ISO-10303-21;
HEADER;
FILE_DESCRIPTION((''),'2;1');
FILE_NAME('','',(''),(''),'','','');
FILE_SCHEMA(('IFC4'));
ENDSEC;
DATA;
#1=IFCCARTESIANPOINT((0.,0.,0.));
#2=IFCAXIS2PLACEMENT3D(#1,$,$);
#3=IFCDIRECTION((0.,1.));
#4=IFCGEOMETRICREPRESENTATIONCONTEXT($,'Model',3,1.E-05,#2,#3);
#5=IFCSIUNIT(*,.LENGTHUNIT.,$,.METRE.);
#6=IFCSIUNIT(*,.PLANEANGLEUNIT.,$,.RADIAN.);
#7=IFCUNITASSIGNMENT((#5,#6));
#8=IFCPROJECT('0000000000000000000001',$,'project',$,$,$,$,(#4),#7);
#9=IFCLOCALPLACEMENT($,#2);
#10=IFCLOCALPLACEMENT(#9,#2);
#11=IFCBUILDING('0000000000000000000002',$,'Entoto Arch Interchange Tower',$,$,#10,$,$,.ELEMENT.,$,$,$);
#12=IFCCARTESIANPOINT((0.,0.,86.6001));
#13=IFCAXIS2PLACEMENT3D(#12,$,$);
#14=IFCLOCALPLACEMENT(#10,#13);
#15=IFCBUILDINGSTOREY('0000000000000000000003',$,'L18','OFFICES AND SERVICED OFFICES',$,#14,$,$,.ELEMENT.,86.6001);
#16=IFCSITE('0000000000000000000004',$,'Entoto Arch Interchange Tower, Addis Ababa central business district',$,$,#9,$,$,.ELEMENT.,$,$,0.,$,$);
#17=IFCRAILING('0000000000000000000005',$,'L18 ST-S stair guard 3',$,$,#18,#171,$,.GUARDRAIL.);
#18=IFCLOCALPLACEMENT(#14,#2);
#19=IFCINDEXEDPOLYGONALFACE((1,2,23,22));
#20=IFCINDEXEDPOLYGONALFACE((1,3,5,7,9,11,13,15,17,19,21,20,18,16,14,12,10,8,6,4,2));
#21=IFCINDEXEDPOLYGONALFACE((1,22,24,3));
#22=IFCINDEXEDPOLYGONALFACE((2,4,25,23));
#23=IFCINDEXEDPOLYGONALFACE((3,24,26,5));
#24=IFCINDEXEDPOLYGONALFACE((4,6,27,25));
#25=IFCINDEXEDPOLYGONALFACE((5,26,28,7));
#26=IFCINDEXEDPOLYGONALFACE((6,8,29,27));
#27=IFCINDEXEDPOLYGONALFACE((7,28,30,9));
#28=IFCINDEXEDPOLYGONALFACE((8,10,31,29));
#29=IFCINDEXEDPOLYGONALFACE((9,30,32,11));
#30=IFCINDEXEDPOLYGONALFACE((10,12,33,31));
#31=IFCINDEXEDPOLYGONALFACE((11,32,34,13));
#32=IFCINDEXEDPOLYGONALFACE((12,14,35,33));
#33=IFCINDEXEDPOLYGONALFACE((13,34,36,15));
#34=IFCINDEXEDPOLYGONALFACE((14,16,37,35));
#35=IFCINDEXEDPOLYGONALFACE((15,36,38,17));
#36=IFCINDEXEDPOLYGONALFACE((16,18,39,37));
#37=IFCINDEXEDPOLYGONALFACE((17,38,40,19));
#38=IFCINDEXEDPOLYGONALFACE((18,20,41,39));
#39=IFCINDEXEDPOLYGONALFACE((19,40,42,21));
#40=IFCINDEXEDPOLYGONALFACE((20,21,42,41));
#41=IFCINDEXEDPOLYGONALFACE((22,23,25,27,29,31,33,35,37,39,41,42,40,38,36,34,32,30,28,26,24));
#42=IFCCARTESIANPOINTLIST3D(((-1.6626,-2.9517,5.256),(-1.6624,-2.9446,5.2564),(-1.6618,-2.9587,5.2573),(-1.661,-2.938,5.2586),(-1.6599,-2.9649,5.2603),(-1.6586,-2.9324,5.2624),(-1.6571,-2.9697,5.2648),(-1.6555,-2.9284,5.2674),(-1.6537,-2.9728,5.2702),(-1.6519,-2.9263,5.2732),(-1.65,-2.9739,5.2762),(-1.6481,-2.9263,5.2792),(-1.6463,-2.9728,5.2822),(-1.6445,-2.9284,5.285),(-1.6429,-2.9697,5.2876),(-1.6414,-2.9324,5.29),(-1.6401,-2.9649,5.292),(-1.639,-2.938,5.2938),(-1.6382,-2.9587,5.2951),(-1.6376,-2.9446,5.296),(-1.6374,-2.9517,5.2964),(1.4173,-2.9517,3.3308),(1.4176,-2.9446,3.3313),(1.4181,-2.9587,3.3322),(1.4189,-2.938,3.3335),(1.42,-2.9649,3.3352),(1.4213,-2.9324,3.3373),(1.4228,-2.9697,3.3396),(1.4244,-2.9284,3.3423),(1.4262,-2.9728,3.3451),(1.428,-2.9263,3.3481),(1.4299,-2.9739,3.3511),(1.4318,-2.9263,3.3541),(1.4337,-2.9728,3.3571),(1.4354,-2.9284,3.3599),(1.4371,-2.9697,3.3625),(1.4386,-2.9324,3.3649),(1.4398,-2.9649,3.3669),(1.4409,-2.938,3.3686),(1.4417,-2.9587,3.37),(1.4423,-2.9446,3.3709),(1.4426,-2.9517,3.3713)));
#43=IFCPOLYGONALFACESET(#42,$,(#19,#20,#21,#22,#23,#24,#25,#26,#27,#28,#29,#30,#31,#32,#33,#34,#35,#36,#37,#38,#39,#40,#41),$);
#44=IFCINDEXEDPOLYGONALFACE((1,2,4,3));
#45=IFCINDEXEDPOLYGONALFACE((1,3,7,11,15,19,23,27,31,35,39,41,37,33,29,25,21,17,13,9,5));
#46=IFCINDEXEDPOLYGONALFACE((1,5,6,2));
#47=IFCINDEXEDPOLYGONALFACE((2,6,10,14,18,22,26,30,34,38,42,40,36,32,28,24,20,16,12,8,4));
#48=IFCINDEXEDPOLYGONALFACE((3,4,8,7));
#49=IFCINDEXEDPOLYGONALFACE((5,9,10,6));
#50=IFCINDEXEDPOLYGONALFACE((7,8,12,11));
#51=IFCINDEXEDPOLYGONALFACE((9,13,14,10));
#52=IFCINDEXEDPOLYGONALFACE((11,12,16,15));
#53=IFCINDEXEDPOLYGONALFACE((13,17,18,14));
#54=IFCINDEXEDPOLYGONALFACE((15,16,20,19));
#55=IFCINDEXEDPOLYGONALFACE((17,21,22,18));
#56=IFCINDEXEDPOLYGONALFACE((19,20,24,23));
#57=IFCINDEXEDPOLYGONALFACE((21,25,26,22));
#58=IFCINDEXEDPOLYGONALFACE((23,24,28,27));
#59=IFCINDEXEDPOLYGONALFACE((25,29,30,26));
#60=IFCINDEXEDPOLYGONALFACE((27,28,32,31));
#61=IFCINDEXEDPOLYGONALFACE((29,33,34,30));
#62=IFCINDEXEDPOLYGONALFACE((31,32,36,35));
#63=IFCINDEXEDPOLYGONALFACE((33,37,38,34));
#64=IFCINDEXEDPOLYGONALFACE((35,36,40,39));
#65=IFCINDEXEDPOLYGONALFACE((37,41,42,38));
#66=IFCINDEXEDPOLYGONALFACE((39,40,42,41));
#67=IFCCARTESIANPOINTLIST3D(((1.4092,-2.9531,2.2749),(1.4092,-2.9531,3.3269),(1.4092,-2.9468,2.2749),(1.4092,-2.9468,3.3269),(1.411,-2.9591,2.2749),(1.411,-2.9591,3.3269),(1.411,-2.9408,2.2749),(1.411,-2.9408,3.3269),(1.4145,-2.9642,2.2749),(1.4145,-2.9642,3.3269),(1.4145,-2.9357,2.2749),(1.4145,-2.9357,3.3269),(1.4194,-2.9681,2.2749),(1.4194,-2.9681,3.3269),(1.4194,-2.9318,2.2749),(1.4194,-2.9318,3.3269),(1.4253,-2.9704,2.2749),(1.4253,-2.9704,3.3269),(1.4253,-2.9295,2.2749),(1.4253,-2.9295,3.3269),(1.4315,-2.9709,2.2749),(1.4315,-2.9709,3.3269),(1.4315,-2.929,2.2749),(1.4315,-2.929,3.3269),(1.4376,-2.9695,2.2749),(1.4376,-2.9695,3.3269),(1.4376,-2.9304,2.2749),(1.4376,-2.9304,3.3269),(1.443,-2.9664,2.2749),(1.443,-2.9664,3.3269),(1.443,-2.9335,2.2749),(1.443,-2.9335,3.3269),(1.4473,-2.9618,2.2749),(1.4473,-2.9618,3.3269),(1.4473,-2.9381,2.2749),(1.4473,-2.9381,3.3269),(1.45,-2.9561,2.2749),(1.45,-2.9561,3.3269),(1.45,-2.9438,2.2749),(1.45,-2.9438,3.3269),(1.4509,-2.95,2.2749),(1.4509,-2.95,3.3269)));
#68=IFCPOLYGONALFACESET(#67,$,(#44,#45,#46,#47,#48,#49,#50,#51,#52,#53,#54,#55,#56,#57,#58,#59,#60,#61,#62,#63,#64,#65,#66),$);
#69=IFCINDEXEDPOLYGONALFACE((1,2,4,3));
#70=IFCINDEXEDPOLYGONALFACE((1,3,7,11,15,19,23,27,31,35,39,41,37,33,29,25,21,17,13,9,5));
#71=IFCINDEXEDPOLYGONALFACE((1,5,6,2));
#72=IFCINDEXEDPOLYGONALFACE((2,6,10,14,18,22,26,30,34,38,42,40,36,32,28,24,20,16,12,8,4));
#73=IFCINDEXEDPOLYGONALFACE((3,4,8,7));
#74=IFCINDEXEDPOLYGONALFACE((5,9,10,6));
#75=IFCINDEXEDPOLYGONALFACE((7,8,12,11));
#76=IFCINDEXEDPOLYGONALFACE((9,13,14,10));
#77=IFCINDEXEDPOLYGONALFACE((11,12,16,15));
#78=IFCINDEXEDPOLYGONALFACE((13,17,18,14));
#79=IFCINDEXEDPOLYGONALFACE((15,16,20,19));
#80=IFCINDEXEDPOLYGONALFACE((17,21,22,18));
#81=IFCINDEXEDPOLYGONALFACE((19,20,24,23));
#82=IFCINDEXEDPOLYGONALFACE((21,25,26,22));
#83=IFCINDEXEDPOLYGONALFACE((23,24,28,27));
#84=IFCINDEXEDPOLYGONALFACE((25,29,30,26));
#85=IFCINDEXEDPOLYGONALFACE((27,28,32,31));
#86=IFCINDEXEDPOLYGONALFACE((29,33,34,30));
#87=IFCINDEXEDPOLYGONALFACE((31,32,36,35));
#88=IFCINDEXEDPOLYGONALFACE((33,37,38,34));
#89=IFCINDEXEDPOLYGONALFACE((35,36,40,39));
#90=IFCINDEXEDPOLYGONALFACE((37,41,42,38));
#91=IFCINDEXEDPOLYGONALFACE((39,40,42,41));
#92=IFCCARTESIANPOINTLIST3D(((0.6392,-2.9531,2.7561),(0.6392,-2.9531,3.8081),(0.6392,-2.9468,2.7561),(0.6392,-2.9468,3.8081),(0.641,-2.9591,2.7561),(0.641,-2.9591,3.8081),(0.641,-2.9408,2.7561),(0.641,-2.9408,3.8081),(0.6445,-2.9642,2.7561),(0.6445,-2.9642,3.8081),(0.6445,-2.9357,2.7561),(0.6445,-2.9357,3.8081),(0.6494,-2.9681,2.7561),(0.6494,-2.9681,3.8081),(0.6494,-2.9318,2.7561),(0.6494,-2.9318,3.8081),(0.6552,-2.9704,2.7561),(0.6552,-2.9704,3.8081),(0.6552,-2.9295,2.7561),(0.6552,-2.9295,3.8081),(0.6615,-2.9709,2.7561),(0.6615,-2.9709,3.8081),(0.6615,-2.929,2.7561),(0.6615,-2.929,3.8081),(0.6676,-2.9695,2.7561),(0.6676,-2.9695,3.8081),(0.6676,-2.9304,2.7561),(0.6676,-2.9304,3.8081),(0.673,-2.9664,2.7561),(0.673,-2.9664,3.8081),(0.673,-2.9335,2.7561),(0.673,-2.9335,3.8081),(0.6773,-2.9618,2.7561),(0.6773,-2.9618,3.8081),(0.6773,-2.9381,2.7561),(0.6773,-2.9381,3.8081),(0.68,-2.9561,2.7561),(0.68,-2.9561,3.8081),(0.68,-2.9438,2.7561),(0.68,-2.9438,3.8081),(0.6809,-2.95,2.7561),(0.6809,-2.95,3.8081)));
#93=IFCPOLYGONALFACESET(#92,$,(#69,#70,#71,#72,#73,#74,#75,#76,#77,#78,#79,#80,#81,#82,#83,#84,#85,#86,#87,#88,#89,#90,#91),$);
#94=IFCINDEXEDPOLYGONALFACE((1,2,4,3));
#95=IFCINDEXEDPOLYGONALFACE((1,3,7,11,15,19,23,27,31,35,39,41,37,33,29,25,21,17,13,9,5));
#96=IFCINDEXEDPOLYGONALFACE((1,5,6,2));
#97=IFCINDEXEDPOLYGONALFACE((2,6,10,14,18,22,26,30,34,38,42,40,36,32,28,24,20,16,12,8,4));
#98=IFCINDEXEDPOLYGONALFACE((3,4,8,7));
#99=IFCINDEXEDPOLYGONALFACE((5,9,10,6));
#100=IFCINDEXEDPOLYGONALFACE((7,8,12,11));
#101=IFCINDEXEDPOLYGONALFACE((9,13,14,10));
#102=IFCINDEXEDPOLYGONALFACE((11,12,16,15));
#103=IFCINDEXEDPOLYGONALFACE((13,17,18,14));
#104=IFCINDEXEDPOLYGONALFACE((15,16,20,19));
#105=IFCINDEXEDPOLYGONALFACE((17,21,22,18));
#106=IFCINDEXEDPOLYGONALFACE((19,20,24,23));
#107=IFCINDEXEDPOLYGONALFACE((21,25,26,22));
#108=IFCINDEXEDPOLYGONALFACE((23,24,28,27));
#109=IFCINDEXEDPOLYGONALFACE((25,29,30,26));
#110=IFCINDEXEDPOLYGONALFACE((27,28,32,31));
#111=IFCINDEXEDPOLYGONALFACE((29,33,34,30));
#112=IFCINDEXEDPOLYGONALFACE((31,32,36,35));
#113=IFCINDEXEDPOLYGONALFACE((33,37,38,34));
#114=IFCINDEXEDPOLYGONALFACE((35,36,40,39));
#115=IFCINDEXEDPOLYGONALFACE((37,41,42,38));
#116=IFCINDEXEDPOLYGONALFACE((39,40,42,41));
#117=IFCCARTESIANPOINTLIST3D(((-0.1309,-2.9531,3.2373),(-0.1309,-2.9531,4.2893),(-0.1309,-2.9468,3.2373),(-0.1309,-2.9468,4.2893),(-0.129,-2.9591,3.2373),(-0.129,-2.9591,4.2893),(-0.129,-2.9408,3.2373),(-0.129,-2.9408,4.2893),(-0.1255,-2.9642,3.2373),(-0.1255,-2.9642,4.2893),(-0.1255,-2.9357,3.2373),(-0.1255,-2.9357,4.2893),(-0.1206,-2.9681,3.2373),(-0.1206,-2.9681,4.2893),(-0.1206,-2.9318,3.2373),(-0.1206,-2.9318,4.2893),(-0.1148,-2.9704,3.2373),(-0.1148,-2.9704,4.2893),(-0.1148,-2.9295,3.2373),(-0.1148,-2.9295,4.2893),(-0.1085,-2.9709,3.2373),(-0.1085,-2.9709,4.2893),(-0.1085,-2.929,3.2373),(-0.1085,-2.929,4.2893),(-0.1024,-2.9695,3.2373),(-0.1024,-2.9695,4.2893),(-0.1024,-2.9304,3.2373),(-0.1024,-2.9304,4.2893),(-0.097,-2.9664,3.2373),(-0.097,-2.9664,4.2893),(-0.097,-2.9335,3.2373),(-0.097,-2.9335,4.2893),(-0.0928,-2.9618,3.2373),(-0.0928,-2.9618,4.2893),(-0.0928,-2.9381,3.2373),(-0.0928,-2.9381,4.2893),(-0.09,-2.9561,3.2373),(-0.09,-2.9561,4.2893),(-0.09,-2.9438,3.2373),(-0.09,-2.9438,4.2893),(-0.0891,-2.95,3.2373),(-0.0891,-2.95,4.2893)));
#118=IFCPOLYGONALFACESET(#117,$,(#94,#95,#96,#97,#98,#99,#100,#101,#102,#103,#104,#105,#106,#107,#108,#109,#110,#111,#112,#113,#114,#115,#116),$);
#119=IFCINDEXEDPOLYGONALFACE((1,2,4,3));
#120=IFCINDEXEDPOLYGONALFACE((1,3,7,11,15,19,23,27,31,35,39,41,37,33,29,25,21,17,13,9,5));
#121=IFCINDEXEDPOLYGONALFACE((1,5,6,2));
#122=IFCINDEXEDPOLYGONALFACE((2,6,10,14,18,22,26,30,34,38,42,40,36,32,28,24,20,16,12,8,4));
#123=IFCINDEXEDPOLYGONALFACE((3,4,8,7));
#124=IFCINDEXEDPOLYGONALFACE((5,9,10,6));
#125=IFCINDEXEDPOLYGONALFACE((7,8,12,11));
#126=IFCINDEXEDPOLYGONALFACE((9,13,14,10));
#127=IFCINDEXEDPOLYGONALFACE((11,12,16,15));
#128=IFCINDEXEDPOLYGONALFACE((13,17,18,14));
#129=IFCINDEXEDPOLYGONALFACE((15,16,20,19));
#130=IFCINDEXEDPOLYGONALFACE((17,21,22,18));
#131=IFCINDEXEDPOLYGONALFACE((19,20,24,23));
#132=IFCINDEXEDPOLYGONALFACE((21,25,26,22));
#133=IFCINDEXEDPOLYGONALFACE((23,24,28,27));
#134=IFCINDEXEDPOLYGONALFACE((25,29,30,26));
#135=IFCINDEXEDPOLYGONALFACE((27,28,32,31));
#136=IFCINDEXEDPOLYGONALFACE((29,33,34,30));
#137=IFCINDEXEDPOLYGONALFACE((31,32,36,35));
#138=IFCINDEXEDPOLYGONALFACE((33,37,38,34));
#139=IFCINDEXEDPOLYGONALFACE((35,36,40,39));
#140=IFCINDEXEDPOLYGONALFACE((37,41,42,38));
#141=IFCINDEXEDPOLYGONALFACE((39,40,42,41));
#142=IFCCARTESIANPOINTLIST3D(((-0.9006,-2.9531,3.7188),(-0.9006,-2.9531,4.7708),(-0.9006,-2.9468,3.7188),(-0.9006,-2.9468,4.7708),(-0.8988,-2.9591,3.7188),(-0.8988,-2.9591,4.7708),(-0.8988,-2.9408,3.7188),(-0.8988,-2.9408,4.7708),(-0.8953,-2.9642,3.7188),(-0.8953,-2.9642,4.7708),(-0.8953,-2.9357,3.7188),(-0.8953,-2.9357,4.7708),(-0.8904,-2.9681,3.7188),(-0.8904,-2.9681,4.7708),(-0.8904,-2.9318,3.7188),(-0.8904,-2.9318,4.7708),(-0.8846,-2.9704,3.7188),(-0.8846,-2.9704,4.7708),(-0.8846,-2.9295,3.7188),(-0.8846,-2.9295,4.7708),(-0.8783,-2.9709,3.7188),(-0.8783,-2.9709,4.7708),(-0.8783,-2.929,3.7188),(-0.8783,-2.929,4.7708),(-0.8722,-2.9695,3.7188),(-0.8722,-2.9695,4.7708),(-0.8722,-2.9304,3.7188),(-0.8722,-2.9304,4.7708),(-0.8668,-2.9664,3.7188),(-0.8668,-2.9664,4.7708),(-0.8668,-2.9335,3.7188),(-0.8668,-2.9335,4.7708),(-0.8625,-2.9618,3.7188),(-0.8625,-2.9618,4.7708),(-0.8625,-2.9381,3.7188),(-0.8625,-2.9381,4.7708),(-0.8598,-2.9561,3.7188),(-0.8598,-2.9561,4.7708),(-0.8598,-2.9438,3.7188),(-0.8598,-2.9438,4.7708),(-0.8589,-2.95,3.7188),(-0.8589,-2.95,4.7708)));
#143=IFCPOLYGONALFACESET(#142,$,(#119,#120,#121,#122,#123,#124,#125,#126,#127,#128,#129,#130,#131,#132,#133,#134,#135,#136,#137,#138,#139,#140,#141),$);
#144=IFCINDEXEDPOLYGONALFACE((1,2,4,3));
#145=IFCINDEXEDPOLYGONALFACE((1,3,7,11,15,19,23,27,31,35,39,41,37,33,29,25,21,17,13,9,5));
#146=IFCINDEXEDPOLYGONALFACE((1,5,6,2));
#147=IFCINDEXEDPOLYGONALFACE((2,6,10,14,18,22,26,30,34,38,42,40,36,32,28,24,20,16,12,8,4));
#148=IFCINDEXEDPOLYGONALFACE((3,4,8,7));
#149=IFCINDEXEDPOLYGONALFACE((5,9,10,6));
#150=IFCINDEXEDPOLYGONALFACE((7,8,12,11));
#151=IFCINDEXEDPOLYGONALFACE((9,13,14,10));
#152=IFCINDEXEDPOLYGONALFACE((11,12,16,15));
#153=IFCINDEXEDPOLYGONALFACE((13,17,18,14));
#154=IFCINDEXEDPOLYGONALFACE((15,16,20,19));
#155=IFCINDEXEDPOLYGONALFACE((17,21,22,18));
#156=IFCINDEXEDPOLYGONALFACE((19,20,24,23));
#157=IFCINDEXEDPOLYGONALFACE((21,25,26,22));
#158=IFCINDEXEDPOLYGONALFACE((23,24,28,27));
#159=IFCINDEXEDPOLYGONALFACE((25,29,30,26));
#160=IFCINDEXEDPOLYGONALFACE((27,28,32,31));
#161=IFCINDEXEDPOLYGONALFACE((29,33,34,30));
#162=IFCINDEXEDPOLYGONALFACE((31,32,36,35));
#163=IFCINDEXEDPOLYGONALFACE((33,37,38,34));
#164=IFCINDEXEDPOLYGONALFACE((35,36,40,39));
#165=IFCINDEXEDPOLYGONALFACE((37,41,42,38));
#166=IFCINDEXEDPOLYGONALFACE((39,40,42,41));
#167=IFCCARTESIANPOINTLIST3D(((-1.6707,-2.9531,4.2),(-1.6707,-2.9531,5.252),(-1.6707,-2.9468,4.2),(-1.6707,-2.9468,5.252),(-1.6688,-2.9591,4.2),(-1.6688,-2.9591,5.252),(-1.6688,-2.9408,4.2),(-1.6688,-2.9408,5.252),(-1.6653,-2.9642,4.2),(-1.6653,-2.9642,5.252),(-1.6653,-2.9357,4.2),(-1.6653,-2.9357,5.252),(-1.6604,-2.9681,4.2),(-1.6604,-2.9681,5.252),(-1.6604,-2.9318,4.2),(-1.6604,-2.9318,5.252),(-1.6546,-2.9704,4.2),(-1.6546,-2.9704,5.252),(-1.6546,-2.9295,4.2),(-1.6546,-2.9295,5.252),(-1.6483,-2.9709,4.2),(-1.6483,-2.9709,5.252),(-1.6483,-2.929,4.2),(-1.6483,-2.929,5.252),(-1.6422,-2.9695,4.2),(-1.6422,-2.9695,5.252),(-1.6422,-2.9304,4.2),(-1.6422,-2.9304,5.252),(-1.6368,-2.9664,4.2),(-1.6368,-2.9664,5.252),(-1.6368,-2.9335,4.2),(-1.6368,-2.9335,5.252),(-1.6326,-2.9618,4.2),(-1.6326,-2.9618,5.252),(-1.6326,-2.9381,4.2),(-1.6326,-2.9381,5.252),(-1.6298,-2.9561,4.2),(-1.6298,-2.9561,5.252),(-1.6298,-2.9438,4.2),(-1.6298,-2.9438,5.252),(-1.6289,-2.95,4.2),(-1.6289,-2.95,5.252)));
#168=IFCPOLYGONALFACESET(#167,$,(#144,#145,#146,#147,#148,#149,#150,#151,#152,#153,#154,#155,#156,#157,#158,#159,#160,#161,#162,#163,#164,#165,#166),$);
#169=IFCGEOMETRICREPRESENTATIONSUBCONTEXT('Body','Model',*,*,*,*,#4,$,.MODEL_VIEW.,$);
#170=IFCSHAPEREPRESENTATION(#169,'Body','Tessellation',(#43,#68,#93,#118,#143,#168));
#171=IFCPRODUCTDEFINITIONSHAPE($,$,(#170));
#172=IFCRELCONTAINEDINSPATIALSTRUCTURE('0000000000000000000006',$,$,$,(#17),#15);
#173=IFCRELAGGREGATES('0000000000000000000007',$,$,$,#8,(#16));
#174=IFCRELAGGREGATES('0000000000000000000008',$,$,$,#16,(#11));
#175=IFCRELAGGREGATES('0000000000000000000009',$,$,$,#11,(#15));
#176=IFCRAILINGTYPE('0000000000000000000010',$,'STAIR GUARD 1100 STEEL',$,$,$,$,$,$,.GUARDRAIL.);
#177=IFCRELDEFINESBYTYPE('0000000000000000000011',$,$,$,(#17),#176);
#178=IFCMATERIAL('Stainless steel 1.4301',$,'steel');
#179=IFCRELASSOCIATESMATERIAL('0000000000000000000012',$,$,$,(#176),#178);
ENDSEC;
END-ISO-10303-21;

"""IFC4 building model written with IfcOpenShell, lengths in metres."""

from ifc_helpers import new_model, si_unit, direction, frame, origin, origin_2d, place, context, subcontext, project, spatial, circle, extrude, material, type_object, element, save


model = new_model("IFC4")

# Units and contexts
model_context = context("Model", 3, precision=1e-05, world=origin(), true_north=direction((0.0, 1.0)))
body_context = subcontext(model_context, "Body", "Model", "MODEL_VIEW")
ifc_project = project(units=[si_unit("LENGTHUNIT", "METRE"), si_unit("PLANEANGLEUNIT", "RADIAN")], contexts=[model_context])

# Site, building, storey
site_placement = place(None, origin())
site = spatial("IfcSite", under=ifc_project, at=site_placement, Name="Entoto Arch Interchange Tower, Addis Ababa central business district", CompositionType="ELEMENT", RefElevation=0.0)
building_placement = place(site_placement, origin())
building = spatial("IfcBuilding", under=site, at=building_placement, Name="Entoto Arch Interchange Tower", CompositionType="ELEMENT")
storey_placement = place(building_placement, frame((0.0, 0.0, 86.6001)))
storey = spatial("IfcBuildingStorey", under=building, at=storey_placement, Name="L18", Description="OFFICES AND SERVICED OFFICES", CompositionType="ELEMENT", Elevation=86.6001)

# Railing
ifc_material_1 = material(Name="Stainless steel 1.4301", Category="steel")
railing_type_1 = type_object("IfcRailingType", Name="STAIR GUARD 1100 STEEL", PredefinedType="GUARDRAIL", material=ifc_material_1)
railing_1_placement = place(storey_placement, frame((1.4299, -2.95, 2.2749)))
element("IfcRailing", 1, at=railing_1_placement, inside=storey, type_object=railing_type_1, Name="L18 ST-S stair guard 3", PredefinedType="GUARDRAIL", context=body_context, shape_type="SweptSolid", body=[
    extrude(circle(Radius=0.0239, at=origin_2d()), frame((0.0, 0.0, 1.0762), z_axis=(-0.847979, 0.0, 0.530029), x_axis=(0.0, -1.0, 0.0)), (0.0, 0.0, 1.0), 3.6321),
    extrude(circle(Radius=0.021, at=origin_2d()), origin(), (0.0, 0.0, 1.0), 1.052),
    extrude(circle(Radius=0.021, at=origin_2d()), frame((-0.77, 0.0, 0.4812)), (0.0, 0.0, 1.0), 1.052),
    extrude(circle(Radius=0.021, at=origin_2d()), frame((-1.54, 0.0, 0.9624)), (0.0, 0.0, 1.0), 1.052),
    extrude(circle(Radius=0.021, at=origin_2d()), frame((-2.3098, 0.0, 1.4438)), (0.0, 0.0, 1.0), 1.052),
    extrude(circle(Radius=0.021, at=origin_2d()), frame((-3.0798, 0.0, 1.925)), (0.0, 0.0, 1.0), 1.052),
])

save(model, "model.ifc")
